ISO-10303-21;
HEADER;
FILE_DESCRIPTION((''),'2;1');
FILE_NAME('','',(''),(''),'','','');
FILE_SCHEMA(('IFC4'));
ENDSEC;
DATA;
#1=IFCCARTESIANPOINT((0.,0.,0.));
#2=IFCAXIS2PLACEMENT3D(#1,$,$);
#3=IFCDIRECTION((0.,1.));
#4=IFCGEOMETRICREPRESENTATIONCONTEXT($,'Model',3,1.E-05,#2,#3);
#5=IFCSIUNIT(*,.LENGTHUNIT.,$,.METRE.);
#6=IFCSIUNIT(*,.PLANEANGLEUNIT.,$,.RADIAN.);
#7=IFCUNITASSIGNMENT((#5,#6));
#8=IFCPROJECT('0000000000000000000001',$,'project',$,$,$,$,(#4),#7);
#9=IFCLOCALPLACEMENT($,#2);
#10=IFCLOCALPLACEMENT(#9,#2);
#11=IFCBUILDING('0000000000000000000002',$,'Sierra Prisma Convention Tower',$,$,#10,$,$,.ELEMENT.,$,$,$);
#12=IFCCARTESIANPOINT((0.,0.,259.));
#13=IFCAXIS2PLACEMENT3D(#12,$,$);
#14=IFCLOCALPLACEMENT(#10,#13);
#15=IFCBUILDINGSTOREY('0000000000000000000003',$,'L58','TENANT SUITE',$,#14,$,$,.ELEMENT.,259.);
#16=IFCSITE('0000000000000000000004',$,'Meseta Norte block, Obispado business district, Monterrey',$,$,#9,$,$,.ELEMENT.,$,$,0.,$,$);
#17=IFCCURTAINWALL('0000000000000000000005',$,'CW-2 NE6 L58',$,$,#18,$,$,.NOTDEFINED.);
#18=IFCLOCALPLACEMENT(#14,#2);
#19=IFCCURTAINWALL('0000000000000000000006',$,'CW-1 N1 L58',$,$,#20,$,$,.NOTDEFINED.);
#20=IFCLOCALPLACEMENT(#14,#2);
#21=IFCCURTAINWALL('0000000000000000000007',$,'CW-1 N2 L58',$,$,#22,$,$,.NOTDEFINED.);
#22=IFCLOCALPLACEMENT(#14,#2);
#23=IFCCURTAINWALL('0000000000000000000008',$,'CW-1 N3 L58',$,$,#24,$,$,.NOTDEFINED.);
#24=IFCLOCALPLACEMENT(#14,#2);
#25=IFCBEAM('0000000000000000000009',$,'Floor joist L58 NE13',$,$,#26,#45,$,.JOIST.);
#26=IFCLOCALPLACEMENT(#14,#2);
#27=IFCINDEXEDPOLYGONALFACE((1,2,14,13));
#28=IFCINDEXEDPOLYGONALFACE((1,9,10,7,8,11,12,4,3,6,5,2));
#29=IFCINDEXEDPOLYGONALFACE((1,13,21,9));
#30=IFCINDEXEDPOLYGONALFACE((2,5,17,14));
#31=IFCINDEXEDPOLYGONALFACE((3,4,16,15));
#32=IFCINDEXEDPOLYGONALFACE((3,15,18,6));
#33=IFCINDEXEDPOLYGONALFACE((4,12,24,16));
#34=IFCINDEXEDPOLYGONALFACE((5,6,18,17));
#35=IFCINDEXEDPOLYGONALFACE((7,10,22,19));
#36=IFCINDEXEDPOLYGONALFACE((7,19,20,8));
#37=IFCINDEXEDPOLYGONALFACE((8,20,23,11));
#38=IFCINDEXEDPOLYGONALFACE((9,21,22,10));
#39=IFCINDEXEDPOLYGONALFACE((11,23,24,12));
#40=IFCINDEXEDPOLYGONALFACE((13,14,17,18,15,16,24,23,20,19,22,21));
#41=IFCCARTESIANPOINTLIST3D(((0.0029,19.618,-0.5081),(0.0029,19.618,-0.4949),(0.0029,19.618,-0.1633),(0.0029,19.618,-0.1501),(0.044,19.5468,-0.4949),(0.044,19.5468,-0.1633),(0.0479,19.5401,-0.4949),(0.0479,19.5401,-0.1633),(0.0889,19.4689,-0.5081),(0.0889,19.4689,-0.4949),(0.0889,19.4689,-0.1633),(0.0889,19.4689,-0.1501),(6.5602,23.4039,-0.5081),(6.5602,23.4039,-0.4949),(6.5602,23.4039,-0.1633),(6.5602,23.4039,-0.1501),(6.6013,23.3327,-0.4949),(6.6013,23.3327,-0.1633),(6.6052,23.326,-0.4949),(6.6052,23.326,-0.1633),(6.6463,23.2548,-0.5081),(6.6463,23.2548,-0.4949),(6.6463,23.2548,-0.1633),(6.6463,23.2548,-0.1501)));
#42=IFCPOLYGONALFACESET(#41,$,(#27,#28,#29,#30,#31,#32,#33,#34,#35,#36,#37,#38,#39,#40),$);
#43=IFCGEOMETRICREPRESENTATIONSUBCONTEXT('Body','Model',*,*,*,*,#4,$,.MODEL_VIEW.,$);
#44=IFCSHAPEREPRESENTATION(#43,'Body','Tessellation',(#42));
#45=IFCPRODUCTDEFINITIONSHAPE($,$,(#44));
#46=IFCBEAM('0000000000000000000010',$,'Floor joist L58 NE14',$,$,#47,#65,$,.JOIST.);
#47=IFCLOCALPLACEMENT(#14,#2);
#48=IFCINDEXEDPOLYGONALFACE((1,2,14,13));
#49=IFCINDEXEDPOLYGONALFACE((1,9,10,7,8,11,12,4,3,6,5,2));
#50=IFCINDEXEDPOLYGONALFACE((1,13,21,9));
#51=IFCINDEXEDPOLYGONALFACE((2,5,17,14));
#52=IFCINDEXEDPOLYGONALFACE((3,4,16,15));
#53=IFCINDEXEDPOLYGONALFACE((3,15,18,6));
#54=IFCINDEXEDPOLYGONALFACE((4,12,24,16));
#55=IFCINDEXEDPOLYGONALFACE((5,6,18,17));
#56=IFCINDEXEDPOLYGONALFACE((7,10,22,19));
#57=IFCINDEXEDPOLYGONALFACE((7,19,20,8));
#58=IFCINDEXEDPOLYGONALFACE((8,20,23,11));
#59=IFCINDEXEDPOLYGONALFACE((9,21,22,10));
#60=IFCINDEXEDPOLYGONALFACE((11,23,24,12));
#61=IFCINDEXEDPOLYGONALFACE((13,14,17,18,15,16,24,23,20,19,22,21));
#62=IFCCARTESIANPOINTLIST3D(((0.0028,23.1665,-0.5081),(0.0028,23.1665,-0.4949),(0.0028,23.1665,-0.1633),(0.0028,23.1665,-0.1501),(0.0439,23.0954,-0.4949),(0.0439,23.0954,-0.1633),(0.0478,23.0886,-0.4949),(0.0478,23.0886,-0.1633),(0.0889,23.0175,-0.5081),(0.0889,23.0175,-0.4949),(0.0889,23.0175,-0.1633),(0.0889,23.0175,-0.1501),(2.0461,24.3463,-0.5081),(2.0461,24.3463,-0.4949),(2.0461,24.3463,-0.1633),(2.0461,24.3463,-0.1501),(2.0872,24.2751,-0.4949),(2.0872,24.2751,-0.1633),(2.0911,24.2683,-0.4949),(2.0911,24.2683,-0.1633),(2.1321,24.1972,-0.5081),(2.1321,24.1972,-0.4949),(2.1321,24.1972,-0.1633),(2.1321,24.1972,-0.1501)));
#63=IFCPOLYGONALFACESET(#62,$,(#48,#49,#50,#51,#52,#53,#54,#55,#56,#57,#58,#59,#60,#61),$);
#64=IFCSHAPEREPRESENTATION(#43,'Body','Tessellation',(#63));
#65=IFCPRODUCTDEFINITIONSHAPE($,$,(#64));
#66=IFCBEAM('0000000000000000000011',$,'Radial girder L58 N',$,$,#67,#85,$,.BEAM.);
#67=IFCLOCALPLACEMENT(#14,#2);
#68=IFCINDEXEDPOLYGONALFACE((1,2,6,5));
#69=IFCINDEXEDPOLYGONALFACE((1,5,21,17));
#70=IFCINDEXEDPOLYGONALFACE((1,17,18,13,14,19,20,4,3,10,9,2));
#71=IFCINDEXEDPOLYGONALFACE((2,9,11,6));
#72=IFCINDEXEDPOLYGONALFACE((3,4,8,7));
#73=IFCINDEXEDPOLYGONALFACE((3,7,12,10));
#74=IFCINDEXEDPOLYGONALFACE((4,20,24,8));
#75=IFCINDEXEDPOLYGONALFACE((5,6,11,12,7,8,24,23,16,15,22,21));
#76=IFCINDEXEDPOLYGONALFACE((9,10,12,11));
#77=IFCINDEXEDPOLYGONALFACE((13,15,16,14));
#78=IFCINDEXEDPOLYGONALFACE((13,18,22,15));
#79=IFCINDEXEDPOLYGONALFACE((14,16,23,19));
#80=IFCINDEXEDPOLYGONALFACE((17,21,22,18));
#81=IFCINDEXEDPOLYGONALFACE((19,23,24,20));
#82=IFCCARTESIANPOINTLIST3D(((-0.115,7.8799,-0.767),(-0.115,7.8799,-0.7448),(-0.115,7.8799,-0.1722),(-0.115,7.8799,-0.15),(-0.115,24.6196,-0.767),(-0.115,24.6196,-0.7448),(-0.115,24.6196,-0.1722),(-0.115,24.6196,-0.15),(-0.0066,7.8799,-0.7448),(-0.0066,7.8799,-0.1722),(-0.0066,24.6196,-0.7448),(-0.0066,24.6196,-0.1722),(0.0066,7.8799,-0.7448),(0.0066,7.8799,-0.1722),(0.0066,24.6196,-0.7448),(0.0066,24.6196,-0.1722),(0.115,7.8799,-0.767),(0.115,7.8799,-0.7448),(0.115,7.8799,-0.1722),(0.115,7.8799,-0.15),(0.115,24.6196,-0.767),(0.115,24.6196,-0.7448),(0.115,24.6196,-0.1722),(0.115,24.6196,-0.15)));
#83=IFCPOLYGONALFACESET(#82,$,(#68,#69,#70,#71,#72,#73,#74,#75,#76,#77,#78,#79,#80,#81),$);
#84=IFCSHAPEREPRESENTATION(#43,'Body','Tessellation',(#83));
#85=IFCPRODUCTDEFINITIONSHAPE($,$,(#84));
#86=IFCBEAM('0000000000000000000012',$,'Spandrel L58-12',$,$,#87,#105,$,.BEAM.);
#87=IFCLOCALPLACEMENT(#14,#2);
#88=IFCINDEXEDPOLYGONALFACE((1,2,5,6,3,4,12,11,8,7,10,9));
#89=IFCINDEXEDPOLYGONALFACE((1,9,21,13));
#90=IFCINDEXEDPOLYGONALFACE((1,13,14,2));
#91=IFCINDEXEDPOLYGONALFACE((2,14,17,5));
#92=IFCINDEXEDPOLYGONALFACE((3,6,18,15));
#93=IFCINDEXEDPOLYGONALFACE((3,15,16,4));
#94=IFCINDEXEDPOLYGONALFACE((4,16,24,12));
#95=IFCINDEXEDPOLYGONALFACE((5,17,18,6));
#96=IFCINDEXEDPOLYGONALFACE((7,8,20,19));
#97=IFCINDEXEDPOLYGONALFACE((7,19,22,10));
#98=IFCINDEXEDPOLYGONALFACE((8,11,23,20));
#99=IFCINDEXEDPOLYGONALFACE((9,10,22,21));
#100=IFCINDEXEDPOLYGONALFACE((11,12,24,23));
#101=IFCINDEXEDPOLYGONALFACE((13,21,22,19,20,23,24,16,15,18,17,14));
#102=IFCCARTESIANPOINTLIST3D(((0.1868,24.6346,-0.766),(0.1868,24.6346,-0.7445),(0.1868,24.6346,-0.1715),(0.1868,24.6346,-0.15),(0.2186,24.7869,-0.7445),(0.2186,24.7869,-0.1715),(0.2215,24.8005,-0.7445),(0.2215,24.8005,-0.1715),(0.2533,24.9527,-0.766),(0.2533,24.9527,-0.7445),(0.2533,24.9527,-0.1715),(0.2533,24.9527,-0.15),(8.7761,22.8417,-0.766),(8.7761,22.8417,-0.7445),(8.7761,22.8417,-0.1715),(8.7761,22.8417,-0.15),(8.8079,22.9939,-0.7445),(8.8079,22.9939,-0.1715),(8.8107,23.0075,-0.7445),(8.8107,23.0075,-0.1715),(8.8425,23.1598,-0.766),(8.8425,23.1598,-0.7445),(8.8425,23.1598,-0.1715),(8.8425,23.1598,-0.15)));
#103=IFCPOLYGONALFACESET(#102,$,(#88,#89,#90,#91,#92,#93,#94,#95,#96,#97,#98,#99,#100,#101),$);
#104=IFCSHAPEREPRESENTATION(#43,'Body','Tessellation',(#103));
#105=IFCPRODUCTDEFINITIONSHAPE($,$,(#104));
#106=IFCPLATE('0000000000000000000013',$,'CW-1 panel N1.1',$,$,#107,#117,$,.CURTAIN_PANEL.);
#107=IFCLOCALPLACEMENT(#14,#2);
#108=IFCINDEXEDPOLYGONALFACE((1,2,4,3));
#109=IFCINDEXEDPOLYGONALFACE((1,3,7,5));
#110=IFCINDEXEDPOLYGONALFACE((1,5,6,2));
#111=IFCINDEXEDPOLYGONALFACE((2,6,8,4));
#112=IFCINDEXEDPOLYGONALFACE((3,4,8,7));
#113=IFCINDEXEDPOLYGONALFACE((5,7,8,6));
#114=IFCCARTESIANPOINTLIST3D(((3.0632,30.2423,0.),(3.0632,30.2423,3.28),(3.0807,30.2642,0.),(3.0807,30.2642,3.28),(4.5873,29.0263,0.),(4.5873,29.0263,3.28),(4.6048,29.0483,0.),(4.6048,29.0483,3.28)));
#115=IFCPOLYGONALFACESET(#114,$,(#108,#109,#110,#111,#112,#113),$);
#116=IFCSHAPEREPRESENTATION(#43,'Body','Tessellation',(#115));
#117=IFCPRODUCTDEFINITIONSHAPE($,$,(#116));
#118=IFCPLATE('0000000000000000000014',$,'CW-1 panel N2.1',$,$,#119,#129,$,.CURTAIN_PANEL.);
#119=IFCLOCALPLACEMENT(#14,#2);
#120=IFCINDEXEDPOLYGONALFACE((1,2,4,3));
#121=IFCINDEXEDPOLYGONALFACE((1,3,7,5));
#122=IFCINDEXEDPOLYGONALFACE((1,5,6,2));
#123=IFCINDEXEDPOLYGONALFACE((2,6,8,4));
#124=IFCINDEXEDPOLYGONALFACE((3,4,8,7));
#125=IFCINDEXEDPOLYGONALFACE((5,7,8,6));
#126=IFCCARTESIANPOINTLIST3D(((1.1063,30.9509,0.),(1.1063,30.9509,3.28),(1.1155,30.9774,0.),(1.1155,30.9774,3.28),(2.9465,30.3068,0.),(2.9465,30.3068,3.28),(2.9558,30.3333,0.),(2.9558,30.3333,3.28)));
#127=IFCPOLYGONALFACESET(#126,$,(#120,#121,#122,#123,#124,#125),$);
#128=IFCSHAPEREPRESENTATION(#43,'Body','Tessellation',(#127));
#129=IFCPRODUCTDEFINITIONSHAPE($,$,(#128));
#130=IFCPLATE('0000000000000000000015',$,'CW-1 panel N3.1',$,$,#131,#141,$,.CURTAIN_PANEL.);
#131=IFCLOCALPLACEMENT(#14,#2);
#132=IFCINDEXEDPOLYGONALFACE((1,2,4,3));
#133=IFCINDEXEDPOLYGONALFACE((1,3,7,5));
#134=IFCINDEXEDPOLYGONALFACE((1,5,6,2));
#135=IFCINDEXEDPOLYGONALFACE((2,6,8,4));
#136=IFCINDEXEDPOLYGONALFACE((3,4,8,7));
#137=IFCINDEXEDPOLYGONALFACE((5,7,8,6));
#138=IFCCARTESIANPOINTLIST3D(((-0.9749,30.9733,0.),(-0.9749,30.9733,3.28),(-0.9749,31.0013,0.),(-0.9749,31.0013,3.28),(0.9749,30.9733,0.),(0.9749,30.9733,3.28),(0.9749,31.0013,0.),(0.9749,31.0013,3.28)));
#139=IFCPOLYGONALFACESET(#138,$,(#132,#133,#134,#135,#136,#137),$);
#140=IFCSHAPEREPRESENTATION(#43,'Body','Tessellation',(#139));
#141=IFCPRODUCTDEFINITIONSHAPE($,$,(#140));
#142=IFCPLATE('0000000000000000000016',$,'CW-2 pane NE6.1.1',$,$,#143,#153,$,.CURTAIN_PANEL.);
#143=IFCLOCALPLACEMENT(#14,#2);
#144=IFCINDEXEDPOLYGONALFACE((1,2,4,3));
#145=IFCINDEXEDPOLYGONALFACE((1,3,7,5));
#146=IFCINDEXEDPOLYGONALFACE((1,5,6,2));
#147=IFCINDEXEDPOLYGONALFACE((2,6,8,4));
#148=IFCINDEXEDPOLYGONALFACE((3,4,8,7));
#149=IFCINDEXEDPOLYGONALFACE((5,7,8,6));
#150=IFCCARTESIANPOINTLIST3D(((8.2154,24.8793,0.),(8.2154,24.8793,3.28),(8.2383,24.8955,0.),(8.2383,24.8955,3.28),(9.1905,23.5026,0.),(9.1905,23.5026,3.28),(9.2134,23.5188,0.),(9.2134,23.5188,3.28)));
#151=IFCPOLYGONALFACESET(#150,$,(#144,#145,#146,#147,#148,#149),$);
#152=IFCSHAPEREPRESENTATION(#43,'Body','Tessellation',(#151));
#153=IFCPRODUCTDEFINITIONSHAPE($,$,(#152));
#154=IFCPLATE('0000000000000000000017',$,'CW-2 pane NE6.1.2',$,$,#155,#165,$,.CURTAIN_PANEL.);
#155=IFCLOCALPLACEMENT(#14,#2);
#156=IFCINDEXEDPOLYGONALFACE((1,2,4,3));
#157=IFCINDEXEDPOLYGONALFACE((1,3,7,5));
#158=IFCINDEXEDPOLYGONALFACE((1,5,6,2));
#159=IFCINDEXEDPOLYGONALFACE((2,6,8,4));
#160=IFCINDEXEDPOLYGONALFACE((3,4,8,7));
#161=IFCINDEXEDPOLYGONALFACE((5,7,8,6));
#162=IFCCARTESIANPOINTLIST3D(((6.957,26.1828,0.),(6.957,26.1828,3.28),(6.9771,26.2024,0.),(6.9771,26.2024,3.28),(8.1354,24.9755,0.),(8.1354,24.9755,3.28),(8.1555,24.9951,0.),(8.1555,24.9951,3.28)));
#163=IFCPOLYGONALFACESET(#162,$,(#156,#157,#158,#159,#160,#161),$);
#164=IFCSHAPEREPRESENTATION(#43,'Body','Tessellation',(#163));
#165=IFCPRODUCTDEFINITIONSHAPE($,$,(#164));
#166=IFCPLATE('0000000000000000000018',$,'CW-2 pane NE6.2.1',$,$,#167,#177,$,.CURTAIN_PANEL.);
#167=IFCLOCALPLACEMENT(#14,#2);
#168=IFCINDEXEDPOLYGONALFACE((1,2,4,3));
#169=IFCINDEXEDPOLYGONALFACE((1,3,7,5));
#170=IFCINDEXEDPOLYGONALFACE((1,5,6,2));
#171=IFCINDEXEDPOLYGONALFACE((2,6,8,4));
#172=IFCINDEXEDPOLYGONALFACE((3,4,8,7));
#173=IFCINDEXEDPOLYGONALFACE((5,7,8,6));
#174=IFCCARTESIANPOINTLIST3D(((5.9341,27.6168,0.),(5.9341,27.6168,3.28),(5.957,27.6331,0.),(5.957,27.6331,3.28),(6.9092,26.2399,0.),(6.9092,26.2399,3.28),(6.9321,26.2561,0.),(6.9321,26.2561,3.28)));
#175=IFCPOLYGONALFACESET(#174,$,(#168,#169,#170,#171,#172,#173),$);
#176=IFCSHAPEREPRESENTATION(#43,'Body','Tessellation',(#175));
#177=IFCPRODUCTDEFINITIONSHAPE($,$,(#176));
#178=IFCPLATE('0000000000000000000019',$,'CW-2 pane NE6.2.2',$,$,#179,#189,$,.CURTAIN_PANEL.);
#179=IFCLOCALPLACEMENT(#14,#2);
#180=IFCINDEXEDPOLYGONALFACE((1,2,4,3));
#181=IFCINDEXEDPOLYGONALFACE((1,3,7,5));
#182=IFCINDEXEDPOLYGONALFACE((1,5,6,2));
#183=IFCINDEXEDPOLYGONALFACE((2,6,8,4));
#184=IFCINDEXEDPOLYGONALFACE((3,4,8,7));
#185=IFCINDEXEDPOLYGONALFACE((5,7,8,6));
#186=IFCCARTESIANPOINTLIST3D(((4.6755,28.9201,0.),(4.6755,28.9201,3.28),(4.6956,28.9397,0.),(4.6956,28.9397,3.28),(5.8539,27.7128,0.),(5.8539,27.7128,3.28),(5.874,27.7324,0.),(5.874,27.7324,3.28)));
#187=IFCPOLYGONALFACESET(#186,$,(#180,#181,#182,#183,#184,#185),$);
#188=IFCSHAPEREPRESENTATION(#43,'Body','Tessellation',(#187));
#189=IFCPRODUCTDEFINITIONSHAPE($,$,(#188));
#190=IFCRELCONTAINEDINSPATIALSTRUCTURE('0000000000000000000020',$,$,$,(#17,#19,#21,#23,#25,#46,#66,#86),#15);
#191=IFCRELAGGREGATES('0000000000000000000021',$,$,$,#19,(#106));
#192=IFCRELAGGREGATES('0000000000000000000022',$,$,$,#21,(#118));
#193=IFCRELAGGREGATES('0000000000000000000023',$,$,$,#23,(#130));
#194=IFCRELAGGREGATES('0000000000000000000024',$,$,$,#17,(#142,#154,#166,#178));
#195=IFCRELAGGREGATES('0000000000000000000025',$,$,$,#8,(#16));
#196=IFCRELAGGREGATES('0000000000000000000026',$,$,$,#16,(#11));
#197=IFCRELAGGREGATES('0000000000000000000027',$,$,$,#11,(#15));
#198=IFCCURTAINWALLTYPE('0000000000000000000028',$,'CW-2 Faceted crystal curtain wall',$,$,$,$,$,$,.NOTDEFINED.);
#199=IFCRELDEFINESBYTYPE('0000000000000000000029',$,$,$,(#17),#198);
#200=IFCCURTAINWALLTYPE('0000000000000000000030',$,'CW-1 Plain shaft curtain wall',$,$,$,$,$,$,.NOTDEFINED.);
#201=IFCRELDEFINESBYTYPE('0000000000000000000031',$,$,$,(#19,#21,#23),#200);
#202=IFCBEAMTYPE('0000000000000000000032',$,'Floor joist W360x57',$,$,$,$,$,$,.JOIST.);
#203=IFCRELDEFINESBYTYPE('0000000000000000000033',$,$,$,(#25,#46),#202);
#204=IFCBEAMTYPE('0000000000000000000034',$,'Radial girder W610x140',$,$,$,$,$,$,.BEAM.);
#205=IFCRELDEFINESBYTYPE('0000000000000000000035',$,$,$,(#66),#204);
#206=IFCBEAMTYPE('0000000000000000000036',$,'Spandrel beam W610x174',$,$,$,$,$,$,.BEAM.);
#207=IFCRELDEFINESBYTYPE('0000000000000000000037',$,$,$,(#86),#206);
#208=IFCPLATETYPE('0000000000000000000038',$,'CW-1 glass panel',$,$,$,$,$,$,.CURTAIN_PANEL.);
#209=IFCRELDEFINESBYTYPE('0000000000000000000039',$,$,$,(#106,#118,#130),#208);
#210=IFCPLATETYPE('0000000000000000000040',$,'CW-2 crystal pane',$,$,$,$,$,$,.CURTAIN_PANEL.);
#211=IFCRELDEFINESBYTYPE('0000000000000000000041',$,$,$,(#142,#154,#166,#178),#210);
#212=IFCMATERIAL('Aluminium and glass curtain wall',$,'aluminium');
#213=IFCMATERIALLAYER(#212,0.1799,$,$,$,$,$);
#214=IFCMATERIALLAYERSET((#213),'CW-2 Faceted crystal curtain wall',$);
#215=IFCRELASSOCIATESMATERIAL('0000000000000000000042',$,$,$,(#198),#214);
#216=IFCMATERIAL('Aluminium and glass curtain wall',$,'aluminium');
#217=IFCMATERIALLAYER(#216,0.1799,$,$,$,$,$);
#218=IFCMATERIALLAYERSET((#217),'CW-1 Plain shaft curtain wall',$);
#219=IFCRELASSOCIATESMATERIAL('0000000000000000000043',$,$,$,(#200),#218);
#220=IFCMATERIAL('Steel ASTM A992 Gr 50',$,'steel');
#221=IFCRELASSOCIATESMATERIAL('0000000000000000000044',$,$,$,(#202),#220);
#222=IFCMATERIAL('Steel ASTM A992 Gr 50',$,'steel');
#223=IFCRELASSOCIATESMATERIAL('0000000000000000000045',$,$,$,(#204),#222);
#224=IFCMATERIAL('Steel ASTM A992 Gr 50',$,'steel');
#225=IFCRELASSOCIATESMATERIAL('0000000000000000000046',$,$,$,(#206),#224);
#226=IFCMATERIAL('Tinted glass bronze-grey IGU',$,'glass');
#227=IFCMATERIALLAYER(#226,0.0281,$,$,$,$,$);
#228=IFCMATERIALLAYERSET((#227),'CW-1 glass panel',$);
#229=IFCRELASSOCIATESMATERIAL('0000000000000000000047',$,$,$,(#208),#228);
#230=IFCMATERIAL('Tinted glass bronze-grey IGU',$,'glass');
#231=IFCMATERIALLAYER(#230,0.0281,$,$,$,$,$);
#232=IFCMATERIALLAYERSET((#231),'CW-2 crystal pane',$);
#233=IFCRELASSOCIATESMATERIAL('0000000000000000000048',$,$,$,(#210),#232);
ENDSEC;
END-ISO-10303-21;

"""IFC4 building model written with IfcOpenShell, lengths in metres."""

from ifc_helpers import new_model, si_unit, direction, frame, origin, origin_2d, place, context, subcontext, project, spatial, polyline, rectangle, i_section, outline, extrude, material, layer, layer_set, material_profile, profile_set, type_object, element, aggregate, save


model = new_model("IFC4")

# Units and contexts
model_context = context("Model", 3, precision=1e-05, world=origin(), true_north=direction((0.0, 1.0)))
body_context = subcontext(model_context, "Body", "Model", "MODEL_VIEW")
ifc_project = project(units=[si_unit("LENGTHUNIT", "METRE"), si_unit("PLANEANGLEUNIT", "RADIAN")], contexts=[model_context])

# Site, building, storey
site_placement = place(None, origin())
site = spatial("IfcSite", under=ifc_project, at=site_placement, Name="Meseta Norte block, Obispado business district, Monterrey", CompositionType="ELEMENT", RefElevation=0.0)
building_placement = place(site_placement, origin())
building = spatial("IfcBuilding", under=site, at=building_placement, Name="Sierra Prisma Convention Tower", CompositionType="ELEMENT")
storey_placement = place(building_placement, frame((0.0, 0.0, 259.0)))
storey = spatial("IfcBuildingStorey", under=building, at=storey_placement, Name="L58", Description="TENANT SUITE", CompositionType="ELEMENT", Elevation=259.0)

# Curtain wall
ifc_material_1 = material(Name="Aluminium and glass curtain wall", Category="aluminium")
ifc_layer_1 = layer(ifc_material_1, 0.1799)
ifc_layer_set_1 = layer_set([ifc_layer_1], Name="CW-2 Faceted crystal curtain wall")
curtain_wall_type_1 = type_object("IfcCurtainWallType", Name="CW-2 Faceted crystal curtain wall", PredefinedType="NOTDEFINED", material=ifc_layer_set_1)
curtain_wall_1_placement = place(storey_placement, origin())
curtain_wall_1 = element("IfcCurtainWall", 1, at=curtain_wall_1_placement, inside=storey, type_object=curtain_wall_type_1, Name="CW-2 NE6 L58", PredefinedType="NOTDEFINED")

# Shared definitions
ifc_material_2 = material(Name="Aluminium and glass curtain wall", Category="aluminium")
ifc_layer_2 = layer(ifc_material_2, 0.1799)
ifc_layer_set_2 = layer_set([ifc_layer_2], Name="CW-1 Plain shaft curtain wall")
curtain_wall_type_2 = type_object("IfcCurtainWallType", Name="CW-1 Plain shaft curtain wall", PredefinedType="NOTDEFINED", material=ifc_layer_set_2)

# Curtain walls
curtain_wall_2_placement = place(storey_placement, origin())
curtain_wall_2 = element("IfcCurtainWall", 2, at=curtain_wall_2_placement, inside=storey, type_object=curtain_wall_type_2, Name="CW-1 N1 L58", PredefinedType="NOTDEFINED")
curtain_wall_3_placement = place(storey_placement, origin())
curtain_wall_3 = element("IfcCurtainWall", 3, at=curtain_wall_3_placement, inside=storey, type_object=curtain_wall_type_2, Name="CW-1 N2 L58", PredefinedType="NOTDEFINED")
curtain_wall_4_placement = place(storey_placement, origin())
curtain_wall_4 = element("IfcCurtainWall", 4, at=curtain_wall_4_placement, inside=storey, type_object=curtain_wall_type_2, Name="CW-1 N3 L58", PredefinedType="NOTDEFINED")

# Beams
ifc_material_3 = material(Name="Steel ASTM A992 Gr 50", Category="steel")
ifc_material_profile_1 = material_profile(ifc_material_3, i_section(OverallWidth=0.1721, OverallDepth=0.3579, WebThickness=0.0078, FlangeThickness=0.0132, at=origin_2d()), Name="W360x57")
ifc_profile_set_1 = profile_set([ifc_material_profile_1], Name="Steel ASTM A992 Gr 50")
beam_type_1 = type_object("IfcBeamType", Name="Floor joist W360x57", PredefinedType="JOIST", material=ifc_profile_set_1)
beam_1_placement = place(storey_placement, frame((6.6033, 23.3293, -0.3291), z_axis=(-0.866026, -0.499999, 0.0), x_axis=(0.499999, -0.866026, 0.0)))
element("IfcBeam", 5, at=beam_1_placement, inside=storey, type_object=beam_type_1, Name="Floor joist L58 NE13", PredefinedType="JOIST", context=body_context, shape_type="SweptSolid", body=[
    extrude(i_section(OverallWidth=0.1721, OverallDepth=0.3579, WebThickness=0.0078, FlangeThickness=0.0132, at=origin_2d()), origin(), (0.0, 0.0, 1.0), 7.5718),
])
beam_2_placement = place(storey_placement, frame((2.0891, 24.2717, -0.3291), z_axis=(-0.866018, -0.500012, 0.0), x_axis=(0.500012, -0.866018, 0.0)))
element("IfcBeam", 6, at=beam_2_placement, inside=storey, type_object=beam_type_1, Name="Floor joist L58 NE14", PredefinedType="JOIST", context=body_context, shape_type="SweptSolid", body=[
    extrude(i_section(OverallWidth=0.1721, OverallDepth=0.3579, WebThickness=0.0078, FlangeThickness=0.0132, at=origin_2d()), origin(), (0.0, 0.0, 1.0), 2.3594),
])
ifc_material_4 = material(Name="Steel ASTM A992 Gr 50", Category="steel")
ifc_material_profile_2 = material_profile(ifc_material_4, i_section(OverallWidth=0.23, OverallDepth=0.6169, WebThickness=0.0132, FlangeThickness=0.0222, at=origin_2d()), Name="W610x140")
ifc_profile_set_2 = profile_set([ifc_material_profile_2], Name="Steel ASTM A992 Gr 50")
beam_type_2 = type_object("IfcBeamType", Name="Radial girder W610x140", PredefinedType="BEAM", material=ifc_profile_set_2)
beam_3_placement = place(storey_placement, frame((0.0, 24.6196, -0.4585), z_axis=(0.0, -1.0, 0.0), x_axis=(1.0, 0.0, 0.0)))
element("IfcBeam", 7, at=beam_3_placement, inside=storey, type_object=beam_type_2, Name="Radial girder L58 N", PredefinedType="BEAM", context=body_context, shape_type="SweptSolid", body=[
    extrude(i_section(OverallWidth=0.23, OverallDepth=0.6169, WebThickness=0.0132, FlangeThickness=0.0222, at=origin_2d()), origin(), (0.0, 0.0, 1.0), 16.7397),
])
ifc_material_5 = material(Name="Steel ASTM A992 Gr 50", Category="steel")
ifc_material_profile_3 = material_profile(ifc_material_5, i_section(OverallWidth=0.325, OverallDepth=0.616, WebThickness=0.0139, FlangeThickness=0.0215, at=origin_2d()), Name="W610x174")
ifc_profile_set_3 = profile_set([ifc_material_profile_3], Name="Steel ASTM A992 Gr 50")
beam_type_3 = type_object("IfcBeamType", Name="Spandrel beam W610x174", PredefinedType="BEAM", material=ifc_profile_set_3)
beam_4_placement = place(storey_placement, frame((8.8093, 23.0007, -0.458), z_axis=(-0.9789, 0.204339, 0.0), x_axis=(-0.204339, -0.9789, 0.0)))
element("IfcBeam", 8, at=beam_4_placement, inside=storey, type_object=beam_type_3, Name="Spandrel L58-12", PredefinedType="BEAM", context=body_context, shape_type="SweptSolid", body=[
    extrude(i_section(OverallWidth=0.325, OverallDepth=0.616, WebThickness=0.0139, FlangeThickness=0.0215, at=origin_2d()), origin(), (0.0, 0.0, 1.0), 8.7744),
])

# Plates
ifc_material_6 = material(Name="Tinted glass bronze-grey IGU", Category="glass")
ifc_layer_3 = layer(ifc_material_6, 0.0281)
ifc_layer_set_3 = layer_set([ifc_layer_3], Name="CW-1 glass panel")
plate_type_1 = type_object("IfcPlateType", Name="CW-1 glass panel", PredefinedType="CURTAIN_PANEL", material=ifc_layer_set_3)
plate_1_placement = place(storey_placement, frame((3.834, 29.6453, 0.0), z_axis=(0.0, 0.0, 1.0), x_axis=(-0.781692, 0.623665, 0.0)))
plate_1 = element("IfcPlate", 9, at=plate_1_placement, type_object=plate_type_1, Name="CW-1 panel N1.1", PredefinedType="CURTAIN_PANEL", context=body_context, shape_type="SweptSolid", body=[
    extrude(rectangle(XDim=1.9497, YDim=0.0281, at=origin_2d()), origin(), (0.0, 0.0, 1.0), 3.28),
])
aggregate(curtain_wall_2, [plate_1])
plate_2_placement = place(storey_placement, frame((2.031, 30.6421, 0.0), z_axis=(0.0, 0.0, 1.0), x_axis=(-0.943846, 0.330385, 0.0)))
plate_2 = element("IfcPlate", 10, at=plate_2_placement, type_object=plate_type_1, Name="CW-1 panel N2.1", PredefinedType="CURTAIN_PANEL", context=body_context, shape_type="SweptSolid", body=[
    extrude(rectangle(XDim=1.9497, YDim=0.0281, at=origin_2d()), origin(), (0.0, 0.0, 1.0), 3.28),
])
aggregate(curtain_wall_3, [plate_2])
plate_3_placement = place(storey_placement, frame((0.0, 30.9873, 0.0), z_axis=(0.0, 0.0, 1.0), x_axis=(-1.0, 0.0, 0.0)))
plate_3 = element("IfcPlate", 11, at=plate_3_placement, type_object=plate_type_1, Name="CW-1 panel N3.1", PredefinedType="CURTAIN_PANEL", context=body_context, shape_type="SweptSolid", body=[
    extrude(rectangle(XDim=1.9497, YDim=0.0281, at=origin_2d()), origin(), (0.0, 0.0, 1.0), 3.28),
])
aggregate(curtain_wall_4, [plate_3])
ifc_material_7 = material(Name="Tinted glass bronze-grey IGU", Category="glass")
ifc_layer_4 = layer(ifc_material_7, 0.0281)
ifc_layer_set_4 = layer_set([ifc_layer_4], Name="CW-2 crystal pane")
plate_type_2 = type_object("IfcPlateType", Name="CW-2 crystal pane", PredefinedType="CURTAIN_PANEL", material=ifc_layer_set_4)
plate_4_placement = place(storey_placement, frame((9.2134, 23.5188, 0.0), z_axis=(0.816044, 0.577989, 0.0), x_axis=(-0.577989, 0.816044, 0.0)))
plate_4 = element("IfcPlate", 12, at=plate_4_placement, type_object=plate_type_2, Name="CW-2 pane NE6.1.1", PredefinedType="CURTAIN_PANEL", context=body_context, shape_type="SweptSolid", body=[
    extrude(outline(polyline([(0.0, 0.0), (1.6871, 0.0), (1.6871, 3.28), (0.0, 3.28), (0.0, 0.0)])), origin(), (0.0, 0.0, -1.0), 0.0281),
])
plate_5_placement = place(storey_placement, frame((6.9771, 26.2024, 0.0), z_axis=(0.715593, 0.698517, 0.0), x_axis=(0.698517, -0.715593, 0.0)))
plate_5 = element("IfcPlate", 13, at=plate_5_placement, type_object=plate_type_2, Name="CW-2 pane NE6.1.2", PredefinedType="CURTAIN_PANEL", context=body_context, shape_type="SweptSolid", body=[
    extrude(outline(polyline([(0.0, 0.0), (1.6871, 0.0), (1.6871, -3.28), (0.0, -3.28), (0.0, 0.0)])), origin(), (0.0, 0.0, -1.0), 0.0281),
])
plate_6_placement = place(storey_placement, frame((6.9321, 26.2561, 0.0), z_axis=(0.816093, 0.577921, 0.0), x_axis=(-0.577921, 0.816093, 0.0)))
plate_6 = element("IfcPlate", 14, at=plate_6_placement, type_object=plate_type_2, Name="CW-2 pane NE6.2.1", PredefinedType="CURTAIN_PANEL", context=body_context, shape_type="SweptSolid", body=[
    extrude(outline(polyline([(0.0, 0.0), (1.6873, 0.0), (1.6873, 3.28), (0.0, 3.28), (0.0, 0.0)])), origin(), (0.0, 0.0, -1.0), 0.0281),
])
plate_7_placement = place(storey_placement, frame((4.6956, 28.9397, 0.0), z_axis=(0.715593, 0.698517, 0.0), x_axis=(0.698517, -0.715593, 0.0)))
plate_7 = element("IfcPlate", 15, at=plate_7_placement, type_object=plate_type_2, Name="CW-2 pane NE6.2.2", PredefinedType="CURTAIN_PANEL", context=body_context, shape_type="SweptSolid", body=[
    extrude(outline(polyline([(0.0, 0.0), (1.6871, 0.0), (1.6871, -3.28), (0.0, -3.28), (0.0, 0.0)])), origin(), (0.0, 0.0, -1.0), 0.0281),
])
aggregate(curtain_wall_1, [plate_4, plate_5, plate_6, plate_7])

save(model, "model.ifc")
